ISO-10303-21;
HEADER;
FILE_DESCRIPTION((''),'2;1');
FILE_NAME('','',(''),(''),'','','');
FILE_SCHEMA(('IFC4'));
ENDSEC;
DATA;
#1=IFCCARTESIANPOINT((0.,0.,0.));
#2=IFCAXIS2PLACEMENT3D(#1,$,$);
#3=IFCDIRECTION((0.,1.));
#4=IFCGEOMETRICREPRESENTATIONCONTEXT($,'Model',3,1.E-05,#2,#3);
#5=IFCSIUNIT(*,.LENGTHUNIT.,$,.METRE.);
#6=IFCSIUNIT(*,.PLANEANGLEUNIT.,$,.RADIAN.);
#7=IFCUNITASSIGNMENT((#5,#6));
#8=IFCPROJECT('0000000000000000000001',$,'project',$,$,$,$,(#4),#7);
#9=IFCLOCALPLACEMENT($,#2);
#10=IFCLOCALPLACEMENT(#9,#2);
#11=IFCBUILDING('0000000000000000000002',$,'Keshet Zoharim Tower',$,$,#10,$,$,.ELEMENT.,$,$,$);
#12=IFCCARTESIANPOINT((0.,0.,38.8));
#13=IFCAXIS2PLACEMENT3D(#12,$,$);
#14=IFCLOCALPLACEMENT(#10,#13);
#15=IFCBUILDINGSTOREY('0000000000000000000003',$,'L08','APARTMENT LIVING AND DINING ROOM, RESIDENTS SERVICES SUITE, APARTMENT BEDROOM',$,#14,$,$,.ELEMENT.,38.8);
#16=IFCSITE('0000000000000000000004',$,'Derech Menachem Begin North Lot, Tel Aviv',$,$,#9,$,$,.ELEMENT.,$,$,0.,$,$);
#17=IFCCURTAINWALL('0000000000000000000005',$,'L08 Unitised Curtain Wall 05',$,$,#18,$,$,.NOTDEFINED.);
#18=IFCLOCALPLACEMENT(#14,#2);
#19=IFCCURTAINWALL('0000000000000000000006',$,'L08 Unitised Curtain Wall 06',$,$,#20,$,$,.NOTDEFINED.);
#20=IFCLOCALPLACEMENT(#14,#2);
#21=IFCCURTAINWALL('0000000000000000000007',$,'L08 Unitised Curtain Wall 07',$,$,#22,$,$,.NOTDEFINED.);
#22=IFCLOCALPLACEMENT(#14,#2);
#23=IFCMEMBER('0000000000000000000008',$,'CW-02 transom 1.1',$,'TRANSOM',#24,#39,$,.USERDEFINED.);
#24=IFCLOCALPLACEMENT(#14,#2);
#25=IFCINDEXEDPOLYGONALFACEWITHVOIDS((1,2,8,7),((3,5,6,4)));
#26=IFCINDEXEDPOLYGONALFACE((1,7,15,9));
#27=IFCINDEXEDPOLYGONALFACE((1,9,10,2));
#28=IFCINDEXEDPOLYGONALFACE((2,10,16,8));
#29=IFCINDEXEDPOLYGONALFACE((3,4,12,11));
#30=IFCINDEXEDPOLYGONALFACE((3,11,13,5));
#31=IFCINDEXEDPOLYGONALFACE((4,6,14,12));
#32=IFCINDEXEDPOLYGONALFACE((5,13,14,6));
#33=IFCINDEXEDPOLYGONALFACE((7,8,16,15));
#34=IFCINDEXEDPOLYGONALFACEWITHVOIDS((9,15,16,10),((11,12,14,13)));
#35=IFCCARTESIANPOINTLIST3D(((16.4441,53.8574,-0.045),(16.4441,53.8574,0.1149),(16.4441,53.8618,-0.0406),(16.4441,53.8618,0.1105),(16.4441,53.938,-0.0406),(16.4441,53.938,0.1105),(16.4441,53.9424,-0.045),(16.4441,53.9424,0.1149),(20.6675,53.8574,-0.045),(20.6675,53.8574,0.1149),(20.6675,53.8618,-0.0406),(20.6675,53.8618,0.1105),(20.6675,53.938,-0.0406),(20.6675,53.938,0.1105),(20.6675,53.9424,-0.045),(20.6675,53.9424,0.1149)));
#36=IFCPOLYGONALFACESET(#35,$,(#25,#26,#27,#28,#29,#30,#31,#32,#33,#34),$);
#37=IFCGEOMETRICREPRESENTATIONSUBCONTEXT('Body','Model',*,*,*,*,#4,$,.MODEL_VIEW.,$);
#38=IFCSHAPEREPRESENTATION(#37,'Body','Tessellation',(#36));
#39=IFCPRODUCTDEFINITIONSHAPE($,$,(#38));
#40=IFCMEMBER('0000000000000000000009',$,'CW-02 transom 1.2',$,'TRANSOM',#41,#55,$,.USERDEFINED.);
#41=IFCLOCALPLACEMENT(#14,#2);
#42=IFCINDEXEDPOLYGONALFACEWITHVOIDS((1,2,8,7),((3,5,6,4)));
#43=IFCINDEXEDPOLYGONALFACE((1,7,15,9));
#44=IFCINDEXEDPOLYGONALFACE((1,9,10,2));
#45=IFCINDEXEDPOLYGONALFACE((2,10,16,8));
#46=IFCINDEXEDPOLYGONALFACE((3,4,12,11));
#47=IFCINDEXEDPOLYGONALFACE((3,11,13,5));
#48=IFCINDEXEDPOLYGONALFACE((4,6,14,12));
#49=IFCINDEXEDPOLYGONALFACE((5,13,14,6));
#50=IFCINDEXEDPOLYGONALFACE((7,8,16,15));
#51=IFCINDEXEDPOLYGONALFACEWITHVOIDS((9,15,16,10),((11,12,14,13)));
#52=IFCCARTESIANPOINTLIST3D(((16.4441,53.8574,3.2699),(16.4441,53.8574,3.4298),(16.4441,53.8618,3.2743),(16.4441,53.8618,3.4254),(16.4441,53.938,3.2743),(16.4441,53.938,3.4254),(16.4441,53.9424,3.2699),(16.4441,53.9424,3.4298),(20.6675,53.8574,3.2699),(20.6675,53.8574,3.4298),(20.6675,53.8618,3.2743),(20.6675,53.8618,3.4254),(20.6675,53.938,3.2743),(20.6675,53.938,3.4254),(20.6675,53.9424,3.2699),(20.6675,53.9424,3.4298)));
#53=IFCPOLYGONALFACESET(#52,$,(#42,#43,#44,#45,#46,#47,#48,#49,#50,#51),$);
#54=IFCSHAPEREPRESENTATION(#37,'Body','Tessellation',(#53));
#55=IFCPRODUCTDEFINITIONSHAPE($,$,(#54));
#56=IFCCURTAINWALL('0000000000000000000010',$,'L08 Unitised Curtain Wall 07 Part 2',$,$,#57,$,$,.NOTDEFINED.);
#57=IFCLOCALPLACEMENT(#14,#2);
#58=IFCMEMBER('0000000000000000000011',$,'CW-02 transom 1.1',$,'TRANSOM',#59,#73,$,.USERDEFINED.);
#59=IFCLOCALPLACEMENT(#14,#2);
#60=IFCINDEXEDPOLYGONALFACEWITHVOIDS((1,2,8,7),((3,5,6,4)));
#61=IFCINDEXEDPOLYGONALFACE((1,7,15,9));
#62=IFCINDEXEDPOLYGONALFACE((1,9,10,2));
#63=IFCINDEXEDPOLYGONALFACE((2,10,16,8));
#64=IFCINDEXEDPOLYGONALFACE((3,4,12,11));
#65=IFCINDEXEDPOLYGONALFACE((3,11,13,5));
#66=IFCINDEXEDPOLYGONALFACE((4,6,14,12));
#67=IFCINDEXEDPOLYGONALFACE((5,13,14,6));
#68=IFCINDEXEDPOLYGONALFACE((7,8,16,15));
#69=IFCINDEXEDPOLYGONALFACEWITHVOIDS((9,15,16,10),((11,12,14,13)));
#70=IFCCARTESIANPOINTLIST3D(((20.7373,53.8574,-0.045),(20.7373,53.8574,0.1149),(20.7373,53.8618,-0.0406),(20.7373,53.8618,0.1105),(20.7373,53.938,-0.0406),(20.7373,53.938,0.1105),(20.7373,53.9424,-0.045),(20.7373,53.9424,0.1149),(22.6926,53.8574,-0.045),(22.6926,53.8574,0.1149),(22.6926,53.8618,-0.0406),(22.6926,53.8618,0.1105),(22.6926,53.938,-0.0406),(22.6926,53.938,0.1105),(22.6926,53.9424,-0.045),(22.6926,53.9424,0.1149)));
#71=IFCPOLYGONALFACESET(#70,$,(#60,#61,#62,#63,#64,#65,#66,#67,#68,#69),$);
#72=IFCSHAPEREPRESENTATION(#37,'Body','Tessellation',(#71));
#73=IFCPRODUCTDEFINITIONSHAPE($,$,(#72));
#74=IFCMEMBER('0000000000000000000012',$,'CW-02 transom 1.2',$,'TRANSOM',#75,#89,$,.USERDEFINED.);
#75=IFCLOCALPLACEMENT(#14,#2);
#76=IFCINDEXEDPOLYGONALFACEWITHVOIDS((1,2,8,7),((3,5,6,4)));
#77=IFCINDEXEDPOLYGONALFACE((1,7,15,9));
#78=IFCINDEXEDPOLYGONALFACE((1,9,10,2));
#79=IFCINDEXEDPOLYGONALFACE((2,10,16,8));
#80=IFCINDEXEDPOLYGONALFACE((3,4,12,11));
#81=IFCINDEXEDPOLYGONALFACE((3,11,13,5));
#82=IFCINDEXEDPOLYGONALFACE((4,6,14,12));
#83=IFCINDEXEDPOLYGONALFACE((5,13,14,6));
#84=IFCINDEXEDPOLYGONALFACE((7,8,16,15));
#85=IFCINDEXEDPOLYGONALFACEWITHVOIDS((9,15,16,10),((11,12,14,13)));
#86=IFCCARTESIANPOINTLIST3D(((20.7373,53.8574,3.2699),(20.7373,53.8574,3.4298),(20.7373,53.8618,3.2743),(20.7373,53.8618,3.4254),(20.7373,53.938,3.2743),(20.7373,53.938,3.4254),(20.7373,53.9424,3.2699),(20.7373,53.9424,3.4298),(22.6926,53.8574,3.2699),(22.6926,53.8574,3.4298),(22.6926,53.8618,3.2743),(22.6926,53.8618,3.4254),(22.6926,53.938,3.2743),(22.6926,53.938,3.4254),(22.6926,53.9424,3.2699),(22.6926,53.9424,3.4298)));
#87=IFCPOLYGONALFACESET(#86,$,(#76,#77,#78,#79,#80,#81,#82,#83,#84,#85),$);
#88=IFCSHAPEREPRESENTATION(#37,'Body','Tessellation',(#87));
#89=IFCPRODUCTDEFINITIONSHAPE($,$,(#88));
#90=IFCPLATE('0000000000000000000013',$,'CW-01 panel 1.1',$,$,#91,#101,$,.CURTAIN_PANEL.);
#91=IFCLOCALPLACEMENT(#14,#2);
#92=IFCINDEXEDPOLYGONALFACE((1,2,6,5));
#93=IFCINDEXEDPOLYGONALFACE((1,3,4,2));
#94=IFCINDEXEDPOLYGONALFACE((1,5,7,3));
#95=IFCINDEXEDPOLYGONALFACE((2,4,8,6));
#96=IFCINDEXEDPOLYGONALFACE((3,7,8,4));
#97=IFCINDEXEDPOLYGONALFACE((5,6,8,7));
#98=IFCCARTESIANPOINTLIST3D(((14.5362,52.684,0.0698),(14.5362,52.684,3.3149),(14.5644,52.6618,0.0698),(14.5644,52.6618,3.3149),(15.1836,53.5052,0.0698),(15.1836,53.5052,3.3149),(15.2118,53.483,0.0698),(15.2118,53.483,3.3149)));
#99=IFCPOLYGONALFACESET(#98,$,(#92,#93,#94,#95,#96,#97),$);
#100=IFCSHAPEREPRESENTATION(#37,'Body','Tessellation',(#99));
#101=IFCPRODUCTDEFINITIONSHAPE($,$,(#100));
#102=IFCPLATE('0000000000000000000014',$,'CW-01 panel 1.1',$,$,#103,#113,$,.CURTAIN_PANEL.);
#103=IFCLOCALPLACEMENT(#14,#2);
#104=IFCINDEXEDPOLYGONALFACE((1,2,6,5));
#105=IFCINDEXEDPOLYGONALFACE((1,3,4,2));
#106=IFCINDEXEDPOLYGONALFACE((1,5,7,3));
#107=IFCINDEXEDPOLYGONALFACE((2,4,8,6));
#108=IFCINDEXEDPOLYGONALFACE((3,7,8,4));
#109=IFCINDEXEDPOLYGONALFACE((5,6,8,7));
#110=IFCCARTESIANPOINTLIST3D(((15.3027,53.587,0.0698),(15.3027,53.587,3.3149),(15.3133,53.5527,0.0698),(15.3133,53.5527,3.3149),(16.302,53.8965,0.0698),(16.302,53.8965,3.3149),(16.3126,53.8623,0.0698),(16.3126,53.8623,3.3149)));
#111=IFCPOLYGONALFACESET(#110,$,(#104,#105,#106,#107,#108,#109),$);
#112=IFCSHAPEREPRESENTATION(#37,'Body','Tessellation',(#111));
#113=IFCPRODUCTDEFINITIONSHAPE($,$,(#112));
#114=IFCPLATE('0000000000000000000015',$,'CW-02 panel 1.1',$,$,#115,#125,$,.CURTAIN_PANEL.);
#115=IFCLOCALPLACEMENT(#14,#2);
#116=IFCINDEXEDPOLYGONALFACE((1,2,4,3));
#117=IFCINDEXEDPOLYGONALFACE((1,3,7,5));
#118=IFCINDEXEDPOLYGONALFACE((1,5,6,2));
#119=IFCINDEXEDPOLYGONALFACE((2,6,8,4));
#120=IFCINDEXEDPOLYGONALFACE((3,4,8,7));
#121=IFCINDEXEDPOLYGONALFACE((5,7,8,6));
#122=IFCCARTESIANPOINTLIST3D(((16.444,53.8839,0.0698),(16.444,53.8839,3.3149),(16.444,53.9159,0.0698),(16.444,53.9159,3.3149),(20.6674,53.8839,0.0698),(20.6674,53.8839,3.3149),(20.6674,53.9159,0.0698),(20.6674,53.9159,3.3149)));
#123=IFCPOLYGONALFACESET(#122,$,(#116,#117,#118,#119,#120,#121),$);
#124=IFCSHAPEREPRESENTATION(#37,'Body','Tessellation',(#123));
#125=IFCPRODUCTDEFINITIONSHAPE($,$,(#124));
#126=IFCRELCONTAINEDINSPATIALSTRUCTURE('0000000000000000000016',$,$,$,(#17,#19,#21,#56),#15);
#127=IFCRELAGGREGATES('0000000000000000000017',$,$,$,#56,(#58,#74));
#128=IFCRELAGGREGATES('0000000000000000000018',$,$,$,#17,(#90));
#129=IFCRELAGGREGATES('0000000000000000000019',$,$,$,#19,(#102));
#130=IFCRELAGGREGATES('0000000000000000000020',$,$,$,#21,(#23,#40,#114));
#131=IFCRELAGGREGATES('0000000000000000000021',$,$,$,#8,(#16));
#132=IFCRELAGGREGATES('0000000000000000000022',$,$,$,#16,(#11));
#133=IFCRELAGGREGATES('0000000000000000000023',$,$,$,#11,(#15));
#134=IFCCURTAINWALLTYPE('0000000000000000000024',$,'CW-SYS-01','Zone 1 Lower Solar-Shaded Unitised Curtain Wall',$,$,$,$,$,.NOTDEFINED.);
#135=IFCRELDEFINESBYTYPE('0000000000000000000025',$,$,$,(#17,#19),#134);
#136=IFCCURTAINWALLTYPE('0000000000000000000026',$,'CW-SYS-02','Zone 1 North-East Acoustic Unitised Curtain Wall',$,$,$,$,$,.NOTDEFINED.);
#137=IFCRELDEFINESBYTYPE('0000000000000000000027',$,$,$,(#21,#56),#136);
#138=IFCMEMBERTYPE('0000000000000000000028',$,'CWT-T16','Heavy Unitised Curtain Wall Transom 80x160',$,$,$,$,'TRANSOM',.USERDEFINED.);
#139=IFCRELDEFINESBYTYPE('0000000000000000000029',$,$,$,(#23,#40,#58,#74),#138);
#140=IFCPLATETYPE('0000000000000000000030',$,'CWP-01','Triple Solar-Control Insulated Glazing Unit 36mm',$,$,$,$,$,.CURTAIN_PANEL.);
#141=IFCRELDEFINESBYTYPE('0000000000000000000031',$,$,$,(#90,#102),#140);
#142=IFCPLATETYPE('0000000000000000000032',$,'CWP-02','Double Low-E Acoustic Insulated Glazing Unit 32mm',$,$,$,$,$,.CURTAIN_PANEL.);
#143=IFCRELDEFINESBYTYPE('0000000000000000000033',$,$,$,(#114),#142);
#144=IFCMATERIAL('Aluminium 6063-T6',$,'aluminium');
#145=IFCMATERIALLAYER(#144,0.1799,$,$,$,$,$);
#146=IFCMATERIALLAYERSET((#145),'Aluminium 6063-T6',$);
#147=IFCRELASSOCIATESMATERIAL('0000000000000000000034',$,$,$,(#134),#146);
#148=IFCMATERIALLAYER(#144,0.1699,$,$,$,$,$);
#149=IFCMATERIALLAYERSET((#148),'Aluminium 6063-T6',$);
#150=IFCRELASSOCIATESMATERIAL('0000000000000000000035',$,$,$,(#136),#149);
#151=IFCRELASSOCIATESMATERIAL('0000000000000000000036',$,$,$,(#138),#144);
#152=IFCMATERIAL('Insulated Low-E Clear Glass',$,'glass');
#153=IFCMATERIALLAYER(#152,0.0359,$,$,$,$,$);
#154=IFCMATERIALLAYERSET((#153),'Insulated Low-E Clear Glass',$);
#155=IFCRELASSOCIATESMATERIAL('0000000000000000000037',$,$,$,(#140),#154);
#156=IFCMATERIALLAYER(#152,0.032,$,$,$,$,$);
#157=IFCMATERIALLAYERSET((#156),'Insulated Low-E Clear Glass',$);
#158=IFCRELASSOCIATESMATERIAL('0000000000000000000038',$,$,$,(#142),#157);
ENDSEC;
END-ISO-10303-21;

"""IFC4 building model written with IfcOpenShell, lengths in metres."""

from ifc_helpers import new_model, si_unit, direction, frame, origin, origin_2d, place, context, subcontext, project, spatial, rectangle, hollow_rectangle, extrude, material, layer, layer_set, material_profile, profile_set, type_object, element, aggregate, save


model = new_model("IFC4")

# Units and contexts
model_context = context("Model", 3, precision=1e-05, world=origin(), true_north=direction((0.0, 1.0)))
body_context = subcontext(model_context, "Body", "Model", "MODEL_VIEW")
ifc_project = project(units=[si_unit("LENGTHUNIT", "METRE"), si_unit("PLANEANGLEUNIT", "RADIAN")], contexts=[model_context])

# Site, building, storey
site_placement = place(None, origin())
site = spatial("IfcSite", under=ifc_project, at=site_placement, Name="Derech Menachem Begin North Lot, Tel Aviv", CompositionType="ELEMENT", RefElevation=0.0)
building_placement = place(site_placement, origin())
building = spatial("IfcBuilding", under=site, at=building_placement, Name="Keshet Zoharim Tower", CompositionType="ELEMENT")
storey_placement = place(building_placement, frame((0.0, 0.0, 38.8)))
storey = spatial("IfcBuildingStorey", under=building, at=storey_placement, Name="L08", Description="APARTMENT LIVING AND DINING ROOM, RESIDENTS SERVICES SUITE, APARTMENT BEDROOM", CompositionType="ELEMENT", Elevation=38.8)

# Shared definitions
ifc_material_1 = material(Name="Aluminium 6063-T6", Category="aluminium")
ifc_layer_1 = layer(ifc_material_1, 0.1799)
ifc_layer_set_1 = layer_set([ifc_layer_1], Name="Aluminium 6063-T6")
curtain_wall_type_1 = type_object("IfcCurtainWallType", Name="CW-SYS-01", Description="Zone 1 Lower Solar-Shaded Unitised Curtain Wall", PredefinedType="NOTDEFINED", material=ifc_layer_set_1)

# Curtain walls
curtain_wall_1_placement = place(storey_placement, origin())
curtain_wall_1 = element("IfcCurtainWall", 1, at=curtain_wall_1_placement, inside=storey, type_object=curtain_wall_type_1, Name="L08 Unitised Curtain Wall 05", PredefinedType="NOTDEFINED")
curtain_wall_2_placement = place(storey_placement, origin())
curtain_wall_2 = element("IfcCurtainWall", 2, at=curtain_wall_2_placement, inside=storey, type_object=curtain_wall_type_1, Name="L08 Unitised Curtain Wall 06", PredefinedType="NOTDEFINED")
ifc_layer_2 = layer(ifc_material_1, 0.1699)
ifc_layer_set_2 = layer_set([ifc_layer_2], Name="Aluminium 6063-T6")
curtain_wall_type_2 = type_object("IfcCurtainWallType", Name="CW-SYS-02", Description="Zone 1 North-East Acoustic Unitised Curtain Wall", PredefinedType="NOTDEFINED", material=ifc_layer_set_2)
curtain_wall_3_placement = place(storey_placement, origin())
curtain_wall_3 = element("IfcCurtainWall", 3, at=curtain_wall_3_placement, inside=storey, type_object=curtain_wall_type_2, Name="L08 Unitised Curtain Wall 07", PredefinedType="NOTDEFINED")

# Members
ifc_material_profile_1 = material_profile(ifc_material_1, hollow_rectangle(XDim=0.085, YDim=0.1599, WallThickness=0.0044, at=origin_2d()), Name="TRN-85x160")
ifc_profile_set_1 = profile_set([ifc_material_profile_1], Name="Aluminium 6063-T6")
member_type_1 = type_object("IfcMemberType", Name="CWT-T16", Description="Heavy Unitised Curtain Wall Transom 80x160", ElementType="TRANSOM", PredefinedType="USERDEFINED", material=ifc_profile_set_1)
member_1_placement = place(storey_placement, frame((16.4441, 53.8999, 0.0349), z_axis=(1.0, 0.0, 0.0), x_axis=(0.0, 1.0, 0.0)))
member_1 = element("IfcMember", 4, at=member_1_placement, type_object=member_type_1, Name="CW-02 transom 1.1", ObjectType="TRANSOM", PredefinedType="USERDEFINED", context=body_context, shape_type="SweptSolid", body=[
    extrude(hollow_rectangle(XDim=0.085, YDim=0.1599, WallThickness=0.0044, at=origin_2d()), origin(), (0.0, 0.0, 1.0), 4.2234),
])
member_2_placement = place(storey_placement, frame((16.4441, 53.8999, 3.3499), z_axis=(1.0, 0.0, 0.0), x_axis=(0.0, 1.0, 0.0)))
member_2 = element("IfcMember", 5, at=member_2_placement, type_object=member_type_1, Name="CW-02 transom 1.2", ObjectType="TRANSOM", PredefinedType="USERDEFINED", context=body_context, shape_type="SweptSolid", body=[
    extrude(hollow_rectangle(XDim=0.085, YDim=0.1599, WallThickness=0.0044, at=origin_2d()), origin(), (0.0, 0.0, 1.0), 4.2234),
])

# Curtain wall, members
curtain_wall_4_placement = place(storey_placement, origin())
curtain_wall_4 = element("IfcCurtainWall", 6, at=curtain_wall_4_placement, inside=storey, type_object=curtain_wall_type_2, Name="L08 Unitised Curtain Wall 07 Part 2", PredefinedType="NOTDEFINED")
member_3_placement = place(storey_placement, frame((20.7373, 53.8999, 0.0349), z_axis=(1.0, 0.0, 0.0), x_axis=(0.0, 1.0, 0.0)))
member_3 = element("IfcMember", 7, at=member_3_placement, type_object=member_type_1, Name="CW-02 transom 1.1", ObjectType="TRANSOM", PredefinedType="USERDEFINED", context=body_context, shape_type="SweptSolid", body=[
    extrude(hollow_rectangle(XDim=0.085, YDim=0.1599, WallThickness=0.0044, at=origin_2d()), origin(), (0.0, 0.0, 1.0), 1.9553),
])
member_4_placement = place(storey_placement, frame((20.7373, 53.8999, 3.3499), z_axis=(1.0, 0.0, 0.0), x_axis=(0.0, 1.0, 0.0)))
member_4 = element("IfcMember", 8, at=member_4_placement, type_object=member_type_1, Name="CW-02 transom 1.2", ObjectType="TRANSOM", PredefinedType="USERDEFINED", context=body_context, shape_type="SweptSolid", body=[
    extrude(hollow_rectangle(XDim=0.085, YDim=0.1599, WallThickness=0.0044, at=origin_2d()), origin(), (0.0, 0.0, 1.0), 1.9553),
])
aggregate(curtain_wall_4, [member_3, member_4])

# Plates
ifc_material_2 = material(Name="Insulated Low-E Clear Glass", Category="glass")
ifc_layer_3 = layer(ifc_material_2, 0.0359)
ifc_layer_set_3 = layer_set([ifc_layer_3], Name="Insulated Low-E Clear Glass")
plate_type_1 = type_object("IfcPlateType", Name="CWP-01", Description="Triple Solar-Control Insulated Glazing Unit 36mm", PredefinedType="CURTAIN_PANEL", material=ifc_layer_set_3)
plate_1_placement = place(storey_placement, frame((14.874, 53.0835, 0.0698), z_axis=(0.0, 0.0, 1.0), x_axis=(0.619125, 0.785293, 0.0)))
plate_1 = element("IfcPlate", 9, at=plate_1_placement, type_object=plate_type_1, Name="CW-01 panel 1.1", PredefinedType="CURTAIN_PANEL", context=body_context, shape_type="SweptSolid", body=[
    extrude(rectangle(XDim=1.0457, YDim=0.0359, at=origin_2d()), origin(), (0.0, 0.0, 1.0), 3.2451),
])
aggregate(curtain_wall_1, [plate_1])
plate_2_placement = place(storey_placement, frame((15.8076, 53.7246, 0.0698), z_axis=(0.0, 0.0, 1.0), x_axis=(0.955212, 0.295922, 0.0)))
plate_2 = element("IfcPlate", 10, at=plate_2_placement, type_object=plate_type_1, Name="CW-01 panel 1.1", PredefinedType="CURTAIN_PANEL", context=body_context, shape_type="SweptSolid", body=[
    extrude(rectangle(XDim=1.0461, YDim=0.0359, at=origin_2d()), origin(), (0.0, 0.0, 1.0), 3.2451),
])
aggregate(curtain_wall_2, [plate_2])
ifc_layer_4 = layer(ifc_material_2, 0.032)
ifc_layer_set_4 = layer_set([ifc_layer_4], Name="Insulated Low-E Clear Glass")
plate_type_2 = type_object("IfcPlateType", Name="CWP-02", Description="Double Low-E Acoustic Insulated Glazing Unit 32mm", PredefinedType="CURTAIN_PANEL", material=ifc_layer_set_4)
plate_3_placement = place(storey_placement, frame((18.5557, 53.8999, 0.0698), z_axis=(0.0, 0.0, 1.0), x_axis=(1.0, 0.0, 0.0)))
plate_3 = element("IfcPlate", 11, at=plate_3_placement, type_object=plate_type_2, Name="CW-02 panel 1.1", PredefinedType="CURTAIN_PANEL", context=body_context, shape_type="SweptSolid", body=[
    extrude(rectangle(XDim=4.2234, YDim=0.032, at=origin_2d()), origin(), (0.0, 0.0, 1.0), 3.2451),
])
aggregate(curtain_wall_3, [member_1, member_2, plate_3])

save(model, "model.ifc")
